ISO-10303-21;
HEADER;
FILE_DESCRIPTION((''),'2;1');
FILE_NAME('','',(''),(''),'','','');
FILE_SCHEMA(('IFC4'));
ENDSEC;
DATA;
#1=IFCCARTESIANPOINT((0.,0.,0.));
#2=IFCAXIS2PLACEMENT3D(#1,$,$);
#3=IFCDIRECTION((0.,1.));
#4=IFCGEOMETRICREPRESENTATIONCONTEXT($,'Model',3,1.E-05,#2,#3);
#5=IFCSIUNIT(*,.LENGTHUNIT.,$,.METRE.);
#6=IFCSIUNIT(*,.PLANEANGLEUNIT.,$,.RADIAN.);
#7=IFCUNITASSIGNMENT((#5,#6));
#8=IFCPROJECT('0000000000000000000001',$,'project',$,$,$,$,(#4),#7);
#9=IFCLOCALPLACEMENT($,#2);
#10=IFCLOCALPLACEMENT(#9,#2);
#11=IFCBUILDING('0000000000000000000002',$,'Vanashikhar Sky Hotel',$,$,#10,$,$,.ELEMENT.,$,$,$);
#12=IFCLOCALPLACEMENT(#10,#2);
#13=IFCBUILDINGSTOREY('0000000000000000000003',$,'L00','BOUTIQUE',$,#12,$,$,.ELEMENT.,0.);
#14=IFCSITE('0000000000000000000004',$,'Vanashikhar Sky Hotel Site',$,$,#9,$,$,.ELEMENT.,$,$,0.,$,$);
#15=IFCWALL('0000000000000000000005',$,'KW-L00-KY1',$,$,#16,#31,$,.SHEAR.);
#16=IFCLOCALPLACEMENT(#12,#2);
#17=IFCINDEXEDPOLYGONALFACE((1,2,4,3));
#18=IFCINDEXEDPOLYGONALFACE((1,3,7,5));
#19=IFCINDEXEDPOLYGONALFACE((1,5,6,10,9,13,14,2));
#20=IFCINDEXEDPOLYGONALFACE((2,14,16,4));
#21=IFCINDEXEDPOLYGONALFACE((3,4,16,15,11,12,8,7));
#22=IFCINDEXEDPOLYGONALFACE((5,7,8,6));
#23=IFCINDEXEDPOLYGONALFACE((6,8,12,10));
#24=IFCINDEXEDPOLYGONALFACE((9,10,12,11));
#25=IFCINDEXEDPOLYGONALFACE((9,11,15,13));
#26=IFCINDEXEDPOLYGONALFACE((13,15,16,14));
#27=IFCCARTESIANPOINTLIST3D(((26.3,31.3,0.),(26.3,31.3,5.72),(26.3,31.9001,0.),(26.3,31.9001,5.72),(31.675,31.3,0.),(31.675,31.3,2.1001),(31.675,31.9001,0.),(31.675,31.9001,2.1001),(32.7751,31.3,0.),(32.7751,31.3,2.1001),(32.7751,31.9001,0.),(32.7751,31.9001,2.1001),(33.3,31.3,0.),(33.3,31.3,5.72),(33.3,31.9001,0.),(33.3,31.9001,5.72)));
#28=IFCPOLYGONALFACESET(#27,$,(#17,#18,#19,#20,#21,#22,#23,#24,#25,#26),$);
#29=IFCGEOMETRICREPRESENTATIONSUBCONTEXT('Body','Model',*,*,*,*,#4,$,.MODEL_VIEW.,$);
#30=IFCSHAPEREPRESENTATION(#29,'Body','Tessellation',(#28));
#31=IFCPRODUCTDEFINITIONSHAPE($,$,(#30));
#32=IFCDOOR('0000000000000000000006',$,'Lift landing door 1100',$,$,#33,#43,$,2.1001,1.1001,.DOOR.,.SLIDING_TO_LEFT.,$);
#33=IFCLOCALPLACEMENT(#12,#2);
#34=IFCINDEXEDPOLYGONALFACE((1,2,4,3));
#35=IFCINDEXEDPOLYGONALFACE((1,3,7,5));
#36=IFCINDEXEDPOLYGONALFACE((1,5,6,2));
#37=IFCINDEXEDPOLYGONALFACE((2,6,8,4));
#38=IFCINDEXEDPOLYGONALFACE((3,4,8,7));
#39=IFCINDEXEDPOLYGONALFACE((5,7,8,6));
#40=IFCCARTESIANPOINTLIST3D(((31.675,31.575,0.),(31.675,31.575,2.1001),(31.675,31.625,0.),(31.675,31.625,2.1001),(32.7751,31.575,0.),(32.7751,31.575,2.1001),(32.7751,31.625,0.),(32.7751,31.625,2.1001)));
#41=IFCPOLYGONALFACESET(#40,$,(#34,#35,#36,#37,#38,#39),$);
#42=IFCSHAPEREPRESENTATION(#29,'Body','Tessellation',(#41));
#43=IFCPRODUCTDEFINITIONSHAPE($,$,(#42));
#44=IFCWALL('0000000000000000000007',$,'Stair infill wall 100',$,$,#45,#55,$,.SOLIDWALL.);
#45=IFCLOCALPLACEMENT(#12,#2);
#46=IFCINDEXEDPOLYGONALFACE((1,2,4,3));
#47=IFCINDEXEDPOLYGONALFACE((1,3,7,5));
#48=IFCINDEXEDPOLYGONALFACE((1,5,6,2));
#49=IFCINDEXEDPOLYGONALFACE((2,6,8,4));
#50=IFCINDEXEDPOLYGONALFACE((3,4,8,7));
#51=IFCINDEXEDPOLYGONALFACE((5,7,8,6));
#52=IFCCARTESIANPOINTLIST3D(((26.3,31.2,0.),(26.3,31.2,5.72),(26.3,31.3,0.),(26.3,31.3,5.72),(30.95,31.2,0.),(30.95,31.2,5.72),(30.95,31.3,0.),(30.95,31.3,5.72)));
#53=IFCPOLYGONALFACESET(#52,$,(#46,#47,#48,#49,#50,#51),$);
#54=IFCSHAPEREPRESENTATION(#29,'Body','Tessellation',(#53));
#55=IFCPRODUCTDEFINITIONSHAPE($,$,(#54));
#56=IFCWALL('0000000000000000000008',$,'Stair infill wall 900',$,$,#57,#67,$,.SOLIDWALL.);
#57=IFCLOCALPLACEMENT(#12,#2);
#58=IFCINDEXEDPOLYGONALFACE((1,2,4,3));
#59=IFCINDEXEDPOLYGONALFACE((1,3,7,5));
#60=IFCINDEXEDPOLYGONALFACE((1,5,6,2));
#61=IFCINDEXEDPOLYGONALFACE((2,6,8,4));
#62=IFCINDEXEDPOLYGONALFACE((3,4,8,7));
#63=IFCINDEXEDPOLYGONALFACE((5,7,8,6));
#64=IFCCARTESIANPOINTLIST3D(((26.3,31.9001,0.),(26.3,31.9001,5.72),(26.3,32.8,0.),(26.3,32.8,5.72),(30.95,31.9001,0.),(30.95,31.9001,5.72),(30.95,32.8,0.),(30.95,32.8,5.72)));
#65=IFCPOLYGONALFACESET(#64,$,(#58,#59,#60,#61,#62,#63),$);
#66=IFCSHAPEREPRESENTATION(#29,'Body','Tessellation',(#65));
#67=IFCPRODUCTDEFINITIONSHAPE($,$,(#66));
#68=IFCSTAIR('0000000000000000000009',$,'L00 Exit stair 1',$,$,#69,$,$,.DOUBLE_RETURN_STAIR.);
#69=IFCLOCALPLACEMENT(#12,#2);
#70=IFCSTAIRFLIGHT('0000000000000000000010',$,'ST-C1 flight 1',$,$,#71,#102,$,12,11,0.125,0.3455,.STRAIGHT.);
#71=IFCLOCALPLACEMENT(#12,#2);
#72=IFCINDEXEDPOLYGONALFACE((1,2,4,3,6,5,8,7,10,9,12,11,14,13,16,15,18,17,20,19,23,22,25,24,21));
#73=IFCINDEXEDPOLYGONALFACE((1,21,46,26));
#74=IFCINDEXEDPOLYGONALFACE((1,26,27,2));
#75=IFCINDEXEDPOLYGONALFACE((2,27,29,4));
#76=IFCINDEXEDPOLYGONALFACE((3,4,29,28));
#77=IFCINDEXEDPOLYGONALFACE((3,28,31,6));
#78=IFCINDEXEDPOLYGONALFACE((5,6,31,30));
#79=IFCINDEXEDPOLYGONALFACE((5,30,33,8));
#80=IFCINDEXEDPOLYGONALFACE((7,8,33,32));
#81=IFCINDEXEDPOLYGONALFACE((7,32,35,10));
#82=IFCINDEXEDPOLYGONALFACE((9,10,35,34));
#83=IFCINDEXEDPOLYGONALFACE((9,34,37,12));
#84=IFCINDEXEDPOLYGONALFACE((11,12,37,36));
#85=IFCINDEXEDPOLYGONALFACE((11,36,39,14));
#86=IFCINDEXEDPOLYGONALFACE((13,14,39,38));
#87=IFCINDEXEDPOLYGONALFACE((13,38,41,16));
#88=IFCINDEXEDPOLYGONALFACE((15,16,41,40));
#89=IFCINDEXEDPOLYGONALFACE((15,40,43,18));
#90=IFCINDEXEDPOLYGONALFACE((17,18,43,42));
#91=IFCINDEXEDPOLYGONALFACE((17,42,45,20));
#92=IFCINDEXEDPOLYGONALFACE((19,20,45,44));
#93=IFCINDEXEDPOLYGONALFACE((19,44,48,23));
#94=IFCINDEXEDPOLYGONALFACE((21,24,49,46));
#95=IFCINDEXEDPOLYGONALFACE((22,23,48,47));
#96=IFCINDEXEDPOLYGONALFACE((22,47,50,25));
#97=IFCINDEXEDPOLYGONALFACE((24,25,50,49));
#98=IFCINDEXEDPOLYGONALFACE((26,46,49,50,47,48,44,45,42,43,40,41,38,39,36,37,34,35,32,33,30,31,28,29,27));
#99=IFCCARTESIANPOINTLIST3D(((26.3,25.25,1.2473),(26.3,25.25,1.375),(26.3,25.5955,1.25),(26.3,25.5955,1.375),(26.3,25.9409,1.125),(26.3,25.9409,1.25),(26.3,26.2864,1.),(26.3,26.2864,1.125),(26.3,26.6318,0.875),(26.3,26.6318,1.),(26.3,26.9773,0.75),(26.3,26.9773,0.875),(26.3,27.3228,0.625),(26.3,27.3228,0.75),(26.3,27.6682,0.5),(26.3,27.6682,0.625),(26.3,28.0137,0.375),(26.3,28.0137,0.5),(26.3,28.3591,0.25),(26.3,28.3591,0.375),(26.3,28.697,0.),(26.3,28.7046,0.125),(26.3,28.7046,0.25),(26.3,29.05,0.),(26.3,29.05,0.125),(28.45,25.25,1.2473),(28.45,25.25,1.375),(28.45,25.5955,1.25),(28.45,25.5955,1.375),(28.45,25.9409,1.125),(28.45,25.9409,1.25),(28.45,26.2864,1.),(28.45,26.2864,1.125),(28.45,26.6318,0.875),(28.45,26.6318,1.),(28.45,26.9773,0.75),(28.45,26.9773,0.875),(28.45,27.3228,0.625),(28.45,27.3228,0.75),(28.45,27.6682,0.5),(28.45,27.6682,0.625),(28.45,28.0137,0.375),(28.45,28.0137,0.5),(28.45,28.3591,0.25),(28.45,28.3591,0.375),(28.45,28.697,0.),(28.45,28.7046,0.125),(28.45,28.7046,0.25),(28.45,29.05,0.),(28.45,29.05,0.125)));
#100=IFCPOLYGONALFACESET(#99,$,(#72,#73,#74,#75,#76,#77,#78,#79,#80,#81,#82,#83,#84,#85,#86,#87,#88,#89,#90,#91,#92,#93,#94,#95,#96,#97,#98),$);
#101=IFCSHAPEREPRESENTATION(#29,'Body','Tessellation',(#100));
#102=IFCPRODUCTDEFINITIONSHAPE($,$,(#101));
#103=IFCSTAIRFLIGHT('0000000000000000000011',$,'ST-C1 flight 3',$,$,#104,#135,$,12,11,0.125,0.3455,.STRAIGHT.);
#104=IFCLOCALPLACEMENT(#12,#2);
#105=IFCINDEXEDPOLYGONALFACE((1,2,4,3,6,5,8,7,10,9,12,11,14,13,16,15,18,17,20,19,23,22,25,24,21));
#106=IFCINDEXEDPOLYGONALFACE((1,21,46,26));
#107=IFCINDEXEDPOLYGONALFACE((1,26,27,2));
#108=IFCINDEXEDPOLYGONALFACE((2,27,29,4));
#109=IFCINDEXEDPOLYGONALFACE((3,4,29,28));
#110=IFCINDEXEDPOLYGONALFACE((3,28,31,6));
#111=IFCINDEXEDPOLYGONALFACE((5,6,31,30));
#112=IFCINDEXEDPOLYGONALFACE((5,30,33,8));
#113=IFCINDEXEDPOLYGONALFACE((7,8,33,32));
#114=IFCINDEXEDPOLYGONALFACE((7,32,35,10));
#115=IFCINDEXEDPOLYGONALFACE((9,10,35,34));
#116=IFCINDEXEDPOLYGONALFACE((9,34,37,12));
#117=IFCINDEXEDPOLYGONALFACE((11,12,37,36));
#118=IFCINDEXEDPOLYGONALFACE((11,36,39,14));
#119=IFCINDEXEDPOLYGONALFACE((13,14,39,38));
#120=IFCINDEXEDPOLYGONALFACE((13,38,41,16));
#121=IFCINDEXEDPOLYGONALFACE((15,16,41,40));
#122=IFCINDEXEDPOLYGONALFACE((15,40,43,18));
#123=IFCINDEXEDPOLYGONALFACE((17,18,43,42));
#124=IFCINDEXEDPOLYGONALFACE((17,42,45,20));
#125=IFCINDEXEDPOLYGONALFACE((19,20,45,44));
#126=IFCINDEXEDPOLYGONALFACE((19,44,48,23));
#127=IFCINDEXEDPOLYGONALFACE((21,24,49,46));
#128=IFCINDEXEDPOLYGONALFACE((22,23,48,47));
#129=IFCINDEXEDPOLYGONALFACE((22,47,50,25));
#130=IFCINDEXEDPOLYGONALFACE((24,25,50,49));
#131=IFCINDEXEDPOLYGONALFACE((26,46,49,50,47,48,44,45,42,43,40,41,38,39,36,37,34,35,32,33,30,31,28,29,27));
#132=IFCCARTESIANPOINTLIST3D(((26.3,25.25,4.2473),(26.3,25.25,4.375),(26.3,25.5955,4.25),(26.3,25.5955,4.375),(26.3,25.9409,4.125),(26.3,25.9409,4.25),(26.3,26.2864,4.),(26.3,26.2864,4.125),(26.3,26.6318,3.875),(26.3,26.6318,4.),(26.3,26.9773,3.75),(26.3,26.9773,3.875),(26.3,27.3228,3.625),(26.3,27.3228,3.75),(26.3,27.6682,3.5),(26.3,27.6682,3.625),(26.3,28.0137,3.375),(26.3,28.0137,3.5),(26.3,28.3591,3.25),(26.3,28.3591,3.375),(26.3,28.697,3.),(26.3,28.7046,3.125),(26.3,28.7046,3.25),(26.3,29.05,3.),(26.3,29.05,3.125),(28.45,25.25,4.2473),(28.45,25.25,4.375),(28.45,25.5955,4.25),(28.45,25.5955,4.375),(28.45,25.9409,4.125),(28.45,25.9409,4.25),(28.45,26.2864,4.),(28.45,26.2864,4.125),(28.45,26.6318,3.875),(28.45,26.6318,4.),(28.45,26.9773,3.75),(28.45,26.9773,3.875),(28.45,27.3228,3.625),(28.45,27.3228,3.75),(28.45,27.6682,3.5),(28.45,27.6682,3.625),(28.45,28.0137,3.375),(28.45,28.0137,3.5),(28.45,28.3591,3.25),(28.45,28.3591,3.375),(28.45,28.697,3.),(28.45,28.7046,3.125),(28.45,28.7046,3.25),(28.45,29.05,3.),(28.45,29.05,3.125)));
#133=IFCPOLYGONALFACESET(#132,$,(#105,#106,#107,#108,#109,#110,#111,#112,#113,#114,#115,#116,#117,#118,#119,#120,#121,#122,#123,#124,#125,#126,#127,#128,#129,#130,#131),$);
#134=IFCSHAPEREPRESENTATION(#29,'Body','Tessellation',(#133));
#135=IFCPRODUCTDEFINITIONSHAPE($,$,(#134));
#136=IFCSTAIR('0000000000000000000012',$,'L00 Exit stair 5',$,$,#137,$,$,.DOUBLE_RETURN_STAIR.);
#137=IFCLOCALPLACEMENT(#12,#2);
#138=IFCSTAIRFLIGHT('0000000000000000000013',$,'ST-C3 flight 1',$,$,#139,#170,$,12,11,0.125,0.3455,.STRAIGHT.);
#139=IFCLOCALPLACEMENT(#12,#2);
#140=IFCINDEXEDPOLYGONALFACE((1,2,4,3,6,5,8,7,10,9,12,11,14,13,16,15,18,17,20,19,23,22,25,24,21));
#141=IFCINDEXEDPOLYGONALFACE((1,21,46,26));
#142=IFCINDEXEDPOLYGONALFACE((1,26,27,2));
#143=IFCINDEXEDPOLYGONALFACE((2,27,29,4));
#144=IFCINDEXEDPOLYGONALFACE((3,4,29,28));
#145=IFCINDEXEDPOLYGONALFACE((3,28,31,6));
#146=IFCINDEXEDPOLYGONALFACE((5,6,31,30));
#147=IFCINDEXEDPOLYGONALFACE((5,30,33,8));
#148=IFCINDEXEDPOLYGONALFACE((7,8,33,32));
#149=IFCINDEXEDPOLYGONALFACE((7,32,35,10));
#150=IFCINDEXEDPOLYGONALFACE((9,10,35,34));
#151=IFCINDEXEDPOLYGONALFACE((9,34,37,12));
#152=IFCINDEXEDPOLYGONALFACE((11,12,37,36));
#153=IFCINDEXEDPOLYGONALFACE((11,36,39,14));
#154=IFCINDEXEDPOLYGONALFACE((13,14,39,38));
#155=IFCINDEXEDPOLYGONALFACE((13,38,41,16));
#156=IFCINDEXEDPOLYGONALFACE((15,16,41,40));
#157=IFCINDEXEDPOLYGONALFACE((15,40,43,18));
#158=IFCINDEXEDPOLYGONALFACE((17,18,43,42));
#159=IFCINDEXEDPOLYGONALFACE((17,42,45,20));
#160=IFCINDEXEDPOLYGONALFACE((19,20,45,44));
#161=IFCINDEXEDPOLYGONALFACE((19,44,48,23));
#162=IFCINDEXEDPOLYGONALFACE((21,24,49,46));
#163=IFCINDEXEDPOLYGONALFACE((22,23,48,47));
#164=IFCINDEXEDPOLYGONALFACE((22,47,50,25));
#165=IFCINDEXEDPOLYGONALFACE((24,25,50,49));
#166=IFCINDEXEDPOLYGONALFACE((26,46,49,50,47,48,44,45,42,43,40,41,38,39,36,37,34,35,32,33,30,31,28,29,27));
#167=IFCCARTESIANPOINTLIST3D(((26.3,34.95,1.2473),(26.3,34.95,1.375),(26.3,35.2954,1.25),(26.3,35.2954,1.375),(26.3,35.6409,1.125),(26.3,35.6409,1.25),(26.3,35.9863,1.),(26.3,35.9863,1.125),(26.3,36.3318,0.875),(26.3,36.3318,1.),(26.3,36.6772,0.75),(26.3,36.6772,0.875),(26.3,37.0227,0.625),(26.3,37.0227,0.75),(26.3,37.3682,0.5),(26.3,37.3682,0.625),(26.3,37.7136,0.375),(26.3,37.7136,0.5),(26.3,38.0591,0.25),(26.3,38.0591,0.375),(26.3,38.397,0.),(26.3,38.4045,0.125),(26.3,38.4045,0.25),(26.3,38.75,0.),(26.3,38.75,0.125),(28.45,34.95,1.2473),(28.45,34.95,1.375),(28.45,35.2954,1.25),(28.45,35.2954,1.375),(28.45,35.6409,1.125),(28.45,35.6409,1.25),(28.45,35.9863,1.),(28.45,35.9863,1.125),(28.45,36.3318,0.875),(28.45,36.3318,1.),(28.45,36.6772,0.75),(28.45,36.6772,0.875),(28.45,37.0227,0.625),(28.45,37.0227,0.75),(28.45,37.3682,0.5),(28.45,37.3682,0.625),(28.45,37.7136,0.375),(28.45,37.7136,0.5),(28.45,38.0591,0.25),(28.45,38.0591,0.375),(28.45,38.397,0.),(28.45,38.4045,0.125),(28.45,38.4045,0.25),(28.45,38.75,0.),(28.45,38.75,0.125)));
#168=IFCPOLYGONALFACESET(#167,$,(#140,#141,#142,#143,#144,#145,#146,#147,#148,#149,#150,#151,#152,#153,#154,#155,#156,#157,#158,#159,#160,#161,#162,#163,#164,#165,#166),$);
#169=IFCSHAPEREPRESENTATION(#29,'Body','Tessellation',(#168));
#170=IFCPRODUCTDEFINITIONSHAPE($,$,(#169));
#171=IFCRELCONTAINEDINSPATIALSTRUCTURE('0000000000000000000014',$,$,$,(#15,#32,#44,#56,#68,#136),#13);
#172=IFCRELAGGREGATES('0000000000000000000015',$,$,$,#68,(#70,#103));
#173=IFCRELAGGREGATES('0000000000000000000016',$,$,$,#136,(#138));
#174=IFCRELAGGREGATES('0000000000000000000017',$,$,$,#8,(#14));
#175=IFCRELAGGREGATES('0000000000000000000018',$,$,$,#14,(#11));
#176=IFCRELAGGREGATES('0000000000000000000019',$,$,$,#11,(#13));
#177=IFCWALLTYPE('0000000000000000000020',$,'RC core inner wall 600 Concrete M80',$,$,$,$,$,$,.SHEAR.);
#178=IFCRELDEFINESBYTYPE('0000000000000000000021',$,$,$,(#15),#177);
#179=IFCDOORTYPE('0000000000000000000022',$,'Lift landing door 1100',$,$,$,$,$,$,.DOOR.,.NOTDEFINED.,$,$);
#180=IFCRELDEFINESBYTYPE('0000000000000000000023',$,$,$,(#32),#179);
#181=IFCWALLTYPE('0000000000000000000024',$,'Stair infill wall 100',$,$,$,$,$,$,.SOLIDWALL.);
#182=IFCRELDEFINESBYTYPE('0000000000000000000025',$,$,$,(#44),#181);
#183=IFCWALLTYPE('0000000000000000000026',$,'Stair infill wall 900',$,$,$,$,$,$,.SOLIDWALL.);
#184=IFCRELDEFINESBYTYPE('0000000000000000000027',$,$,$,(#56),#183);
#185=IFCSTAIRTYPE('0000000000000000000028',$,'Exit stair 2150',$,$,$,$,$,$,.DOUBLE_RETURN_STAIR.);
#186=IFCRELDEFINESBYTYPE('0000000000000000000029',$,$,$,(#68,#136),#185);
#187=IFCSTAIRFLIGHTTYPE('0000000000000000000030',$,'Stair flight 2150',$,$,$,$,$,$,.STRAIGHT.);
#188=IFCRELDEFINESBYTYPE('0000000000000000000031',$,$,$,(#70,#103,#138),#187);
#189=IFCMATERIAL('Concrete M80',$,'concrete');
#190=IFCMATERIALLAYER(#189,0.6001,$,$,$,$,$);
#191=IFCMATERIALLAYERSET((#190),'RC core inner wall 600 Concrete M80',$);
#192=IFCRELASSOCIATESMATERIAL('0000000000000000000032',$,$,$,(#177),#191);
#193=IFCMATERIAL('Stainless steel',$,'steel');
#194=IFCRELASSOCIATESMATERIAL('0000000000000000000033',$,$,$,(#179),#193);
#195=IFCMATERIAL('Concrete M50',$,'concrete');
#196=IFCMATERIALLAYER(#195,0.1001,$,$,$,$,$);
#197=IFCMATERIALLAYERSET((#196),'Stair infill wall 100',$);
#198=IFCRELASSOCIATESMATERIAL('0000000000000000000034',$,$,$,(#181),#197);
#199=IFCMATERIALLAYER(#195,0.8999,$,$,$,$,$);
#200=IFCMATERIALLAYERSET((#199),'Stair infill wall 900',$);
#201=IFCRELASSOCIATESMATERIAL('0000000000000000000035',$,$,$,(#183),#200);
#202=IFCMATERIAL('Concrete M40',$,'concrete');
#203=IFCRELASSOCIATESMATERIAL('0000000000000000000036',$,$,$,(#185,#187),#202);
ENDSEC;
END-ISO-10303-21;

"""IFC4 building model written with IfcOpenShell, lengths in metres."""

from ifc_helpers import new_model, si_unit, direction, frame, frame_2d, origin, place, context, subcontext, project, spatial, polyline, rectangle, outline, extrude, source, transform, mapped, material, layer, layer_set, type_object, element, fill, aggregate, save


model = new_model("IFC4")

# Units and contexts
model_context = context("Model", 3, precision=1e-05, world=origin(), true_north=direction((0.0, 1.0)))
body_context = subcontext(model_context, "Body", "Model", "MODEL_VIEW")
ifc_project = project(units=[si_unit("LENGTHUNIT", "METRE"), si_unit("PLANEANGLEUNIT", "RADIAN")], contexts=[model_context])

# Site, building, storey
site_placement = place(None, origin())
site = spatial("IfcSite", under=ifc_project, at=site_placement, Name="Vanashikhar Sky Hotel Site", CompositionType="ELEMENT", RefElevation=0.0)
building_placement = place(site_placement, origin())
building = spatial("IfcBuilding", under=site, at=building_placement, Name="Vanashikhar Sky Hotel", CompositionType="ELEMENT")
storey_placement = place(building_placement, origin())
storey = spatial("IfcBuildingStorey", under=building, at=storey_placement, Name="L00", Description="BOUTIQUE", CompositionType="ELEMENT", Elevation=0.0)

# Wall, opening, door
ifc_material_1 = material(Name="Concrete M80", Category="concrete")
ifc_layer_1 = layer(ifc_material_1, 0.6001)
ifc_layer_set_1 = layer_set([ifc_layer_1], Name="RC core inner wall 600 Concrete M80")
wall_type_1 = type_object("IfcWallType", Name="RC core inner wall 600 Concrete M80", PredefinedType="SHEAR", material=ifc_layer_set_1)
shared_shape_1 = source(origin(), body_context, "Body", "SweptSolid", [
    extrude(rectangle(XDim=7.0, YDim=0.6001, at=frame_2d((3.5, 0.0))), origin(), (0.0, 0.0, 1.0), 5.72),
])
wall_1_placement = place(storey_placement, frame((26.3, 31.6001, 0.0), z_axis=(0.0, 0.0, 1.0), x_axis=(1.0, 0.0, 0.0)))
wall_1 = element("IfcWall", 1, at=wall_1_placement, inside=storey, type_object=wall_type_1, Name="KW-L00-KY1", PredefinedType="SHEAR", context=body_context, shape_type="MappedRepresentation", body=[
    mapped(shared_shape_1, transform((0.0, 0.0, 0.0), scale=1.0)),
])
shared_shape_2 = source(origin(), body_context, "Body", "SweptSolid", [
    extrude(rectangle(XDim=1.1001, YDim=2.1001, at=frame_2d((0.55, 1.05))), frame((0.0, 0.3101, 0.0), z_axis=(0.0, -1.0, 0.0), x_axis=(1.0, 0.0, 0.0)), (0.0, 0.0, 1.0), 0.6201),
])
opening_placement = place(wall_1_placement, frame((5.375, 0.0, 0.0)))
opening = element("IfcOpeningElement", 2, at=opening_placement, cuts=wall_1, PredefinedType="OPENING", context=body_context, shape_type="MappedRepresentation", body=[
    mapped(shared_shape_2, transform((0.0, 0.0, 0.0), scale=1.0)),
])
ifc_material_2 = material(Name="Stainless steel", Category="steel")
door_type = type_object("IfcDoorType", Name="Lift landing door 1100", OperationType="NOTDEFINED", PredefinedType="DOOR", material=ifc_material_2)
shared_shape_3 = source(origin(), body_context, "Body", "SweptSolid", [
    extrude(rectangle(XDim=1.1001, YDim=2.1001, at=frame_2d((0.55, 1.05))), frame((0.0, 0.0249, 0.0), z_axis=(0.0, -1.0, 0.0), x_axis=(1.0, 0.0, 0.0)), (0.0, 0.0, 1.0), 0.05),
])
door_placement = place(opening_placement, origin())
door = element("IfcDoor", 3, at=door_placement, inside=storey, type_object=door_type, Name="Lift landing door 1100", OperationType="SLIDING_TO_LEFT", OverallHeight=2.1001, OverallWidth=1.1001, PredefinedType="DOOR", context=body_context, shape_type="MappedRepresentation", body=[
    mapped(shared_shape_3, transform((0.0, 0.0, 0.0), scale=1.0)),
])
fill(opening, door)

# Walls
ifc_material_3 = material(Name="Concrete M50", Category="concrete")
ifc_layer_2 = layer(ifc_material_3, 0.1001)
ifc_layer_set_2 = layer_set([ifc_layer_2], Name="Stair infill wall 100")
wall_type_2 = type_object("IfcWallType", Name="Stair infill wall 100", PredefinedType="SOLIDWALL", material=ifc_layer_set_2)
shared_shape_4 = source(origin(), body_context, "Body", "SweptSolid", [
    extrude(rectangle(XDim=4.6499, YDim=0.1001, at=frame_2d((2.325, 0.0))), origin(), (0.0, 0.0, 1.0), 5.72),
])
wall_2_placement = place(storey_placement, frame((26.3, 31.25, 0.0), z_axis=(0.0, 0.0, 1.0), x_axis=(1.0, 0.0, 0.0)))
element("IfcWall", 4, at=wall_2_placement, inside=storey, type_object=wall_type_2, Name="Stair infill wall 100", PredefinedType="SOLIDWALL", context=body_context, shape_type="MappedRepresentation", body=[
    mapped(shared_shape_4, transform((0.0, 0.0, 0.0), scale=1.0)),
])
ifc_layer_3 = layer(ifc_material_3, 0.8999)
ifc_layer_set_3 = layer_set([ifc_layer_3], Name="Stair infill wall 900")
wall_type_3 = type_object("IfcWallType", Name="Stair infill wall 900", PredefinedType="SOLIDWALL", material=ifc_layer_set_3)
shared_shape_5 = source(origin(), body_context, "Body", "SweptSolid", [
    extrude(rectangle(XDim=4.6499, YDim=0.8999, at=frame_2d((2.325, 0.0))), origin(), (0.0, 0.0, 1.0), 5.72),
])
wall_3_placement = place(storey_placement, frame((26.3, 32.3501, 0.0), z_axis=(0.0, 0.0, 1.0), x_axis=(1.0, 0.0, 0.0)))
element("IfcWall", 5, at=wall_3_placement, inside=storey, type_object=wall_type_3, Name="Stair infill wall 900", PredefinedType="SOLIDWALL", context=body_context, shape_type="MappedRepresentation", body=[
    mapped(shared_shape_5, transform((0.0, 0.0, 0.0), scale=1.0)),
])

# Stairs, stair flights
ifc_material_4 = material(Name="Concrete M40", Category="concrete")
stair_type = type_object("IfcStairType", Name="Exit stair 2150", PredefinedType="DOUBLE_RETURN_STAIR", material=ifc_material_4)
stair_1_placement = place(storey_placement, origin())
stair_1 = element("IfcStair", 6, at=stair_1_placement, inside=storey, type_object=stair_type, Name="L00 Exit stair 1", PredefinedType="DOUBLE_RETURN_STAIR")
stair_flight_type = type_object("IfcStairFlightType", Name="Stair flight 2150", PredefinedType="STRAIGHT", material=ifc_material_4)
shared_shape_6 = source(origin(), body_context, "Body", "SweptSolid", [
    extrude(outline(polyline([(0.0, 0.0), (0.0, 0.125), (0.3455, 0.125), (0.3455, 0.25), (0.6909, 0.25), (0.6909, 0.375), (1.0364, 0.375), (1.0364, 0.5), (1.3818, 0.5), (1.3818, 0.625), (1.7273, 0.625), (1.7273, 0.75), (2.0728, 0.75), (2.0728, 0.875), (2.4182, 0.875), (2.4182, 1.0), (2.7637, 1.0), (2.7637, 1.125), (3.1091, 1.125), (3.1091, 1.25), (3.4546, 1.25), (3.4546, 1.375), (3.8, 1.375), (3.8, 1.5), (3.8, 1.2473), (0.353, 0.0), (0.0, 0.0)])), frame((0.0, 1.075, 0.0), z_axis=(0.0, -1.0, 0.0), x_axis=(1.0, 0.0, 0.0)), (0.0, 0.0, 1.0), 2.1499),
])
stair_flight_1_placement = place(storey_placement, frame((27.375, 29.05, 0.0), z_axis=(0.0, 0.0, 1.0), x_axis=(0.0, -1.0, 0.0)))
stair_flight_1 = element("IfcStairFlight", 7, at=stair_flight_1_placement, type_object=stair_flight_type, Name="ST-C1 flight 1", NumberOfRisers=12, NumberOfTreads=11, PredefinedType="STRAIGHT", RiserHeight=0.125, TreadLength=0.3455, context=body_context, shape_type="MappedRepresentation", body=[
    mapped(shared_shape_6, transform((0.0, 0.0, 0.0), scale=1.0)),
])
stair_flight_2_placement = place(storey_placement, frame((27.375, 29.05, 3.0), z_axis=(0.0, 0.0, 1.0), x_axis=(0.0, -1.0, 0.0)))
stair_flight_2 = element("IfcStairFlight", 8, at=stair_flight_2_placement, type_object=stair_flight_type, Name="ST-C1 flight 3", NumberOfRisers=12, NumberOfTreads=11, PredefinedType="STRAIGHT", RiserHeight=0.125, TreadLength=0.3455, context=body_context, shape_type="MappedRepresentation", body=[
    mapped(shared_shape_6, transform((0.0, 0.0, 0.0), scale=1.0)),
])
aggregate(stair_1, [stair_flight_1, stair_flight_2])
stair_2_placement = place(storey_placement, origin())
stair_2 = element("IfcStair", 9, at=stair_2_placement, inside=storey, type_object=stair_type, Name="L00 Exit stair 5", PredefinedType="DOUBLE_RETURN_STAIR")
stair_flight_3_placement = place(storey_placement, frame((27.375, 38.75, 0.0), z_axis=(0.0, 0.0, 1.0), x_axis=(0.0, -1.0, 0.0)))
stair_flight_3 = element("IfcStairFlight", 10, at=stair_flight_3_placement, type_object=stair_flight_type, Name="ST-C3 flight 1", NumberOfRisers=12, NumberOfTreads=11, PredefinedType="STRAIGHT", RiserHeight=0.125, TreadLength=0.3455, context=body_context, shape_type="MappedRepresentation", body=[
    mapped(shared_shape_6, transform((0.0, 0.0, 0.0), scale=1.0)),
])
aggregate(stair_2, [stair_flight_3])

save(model, "model.ifc")
